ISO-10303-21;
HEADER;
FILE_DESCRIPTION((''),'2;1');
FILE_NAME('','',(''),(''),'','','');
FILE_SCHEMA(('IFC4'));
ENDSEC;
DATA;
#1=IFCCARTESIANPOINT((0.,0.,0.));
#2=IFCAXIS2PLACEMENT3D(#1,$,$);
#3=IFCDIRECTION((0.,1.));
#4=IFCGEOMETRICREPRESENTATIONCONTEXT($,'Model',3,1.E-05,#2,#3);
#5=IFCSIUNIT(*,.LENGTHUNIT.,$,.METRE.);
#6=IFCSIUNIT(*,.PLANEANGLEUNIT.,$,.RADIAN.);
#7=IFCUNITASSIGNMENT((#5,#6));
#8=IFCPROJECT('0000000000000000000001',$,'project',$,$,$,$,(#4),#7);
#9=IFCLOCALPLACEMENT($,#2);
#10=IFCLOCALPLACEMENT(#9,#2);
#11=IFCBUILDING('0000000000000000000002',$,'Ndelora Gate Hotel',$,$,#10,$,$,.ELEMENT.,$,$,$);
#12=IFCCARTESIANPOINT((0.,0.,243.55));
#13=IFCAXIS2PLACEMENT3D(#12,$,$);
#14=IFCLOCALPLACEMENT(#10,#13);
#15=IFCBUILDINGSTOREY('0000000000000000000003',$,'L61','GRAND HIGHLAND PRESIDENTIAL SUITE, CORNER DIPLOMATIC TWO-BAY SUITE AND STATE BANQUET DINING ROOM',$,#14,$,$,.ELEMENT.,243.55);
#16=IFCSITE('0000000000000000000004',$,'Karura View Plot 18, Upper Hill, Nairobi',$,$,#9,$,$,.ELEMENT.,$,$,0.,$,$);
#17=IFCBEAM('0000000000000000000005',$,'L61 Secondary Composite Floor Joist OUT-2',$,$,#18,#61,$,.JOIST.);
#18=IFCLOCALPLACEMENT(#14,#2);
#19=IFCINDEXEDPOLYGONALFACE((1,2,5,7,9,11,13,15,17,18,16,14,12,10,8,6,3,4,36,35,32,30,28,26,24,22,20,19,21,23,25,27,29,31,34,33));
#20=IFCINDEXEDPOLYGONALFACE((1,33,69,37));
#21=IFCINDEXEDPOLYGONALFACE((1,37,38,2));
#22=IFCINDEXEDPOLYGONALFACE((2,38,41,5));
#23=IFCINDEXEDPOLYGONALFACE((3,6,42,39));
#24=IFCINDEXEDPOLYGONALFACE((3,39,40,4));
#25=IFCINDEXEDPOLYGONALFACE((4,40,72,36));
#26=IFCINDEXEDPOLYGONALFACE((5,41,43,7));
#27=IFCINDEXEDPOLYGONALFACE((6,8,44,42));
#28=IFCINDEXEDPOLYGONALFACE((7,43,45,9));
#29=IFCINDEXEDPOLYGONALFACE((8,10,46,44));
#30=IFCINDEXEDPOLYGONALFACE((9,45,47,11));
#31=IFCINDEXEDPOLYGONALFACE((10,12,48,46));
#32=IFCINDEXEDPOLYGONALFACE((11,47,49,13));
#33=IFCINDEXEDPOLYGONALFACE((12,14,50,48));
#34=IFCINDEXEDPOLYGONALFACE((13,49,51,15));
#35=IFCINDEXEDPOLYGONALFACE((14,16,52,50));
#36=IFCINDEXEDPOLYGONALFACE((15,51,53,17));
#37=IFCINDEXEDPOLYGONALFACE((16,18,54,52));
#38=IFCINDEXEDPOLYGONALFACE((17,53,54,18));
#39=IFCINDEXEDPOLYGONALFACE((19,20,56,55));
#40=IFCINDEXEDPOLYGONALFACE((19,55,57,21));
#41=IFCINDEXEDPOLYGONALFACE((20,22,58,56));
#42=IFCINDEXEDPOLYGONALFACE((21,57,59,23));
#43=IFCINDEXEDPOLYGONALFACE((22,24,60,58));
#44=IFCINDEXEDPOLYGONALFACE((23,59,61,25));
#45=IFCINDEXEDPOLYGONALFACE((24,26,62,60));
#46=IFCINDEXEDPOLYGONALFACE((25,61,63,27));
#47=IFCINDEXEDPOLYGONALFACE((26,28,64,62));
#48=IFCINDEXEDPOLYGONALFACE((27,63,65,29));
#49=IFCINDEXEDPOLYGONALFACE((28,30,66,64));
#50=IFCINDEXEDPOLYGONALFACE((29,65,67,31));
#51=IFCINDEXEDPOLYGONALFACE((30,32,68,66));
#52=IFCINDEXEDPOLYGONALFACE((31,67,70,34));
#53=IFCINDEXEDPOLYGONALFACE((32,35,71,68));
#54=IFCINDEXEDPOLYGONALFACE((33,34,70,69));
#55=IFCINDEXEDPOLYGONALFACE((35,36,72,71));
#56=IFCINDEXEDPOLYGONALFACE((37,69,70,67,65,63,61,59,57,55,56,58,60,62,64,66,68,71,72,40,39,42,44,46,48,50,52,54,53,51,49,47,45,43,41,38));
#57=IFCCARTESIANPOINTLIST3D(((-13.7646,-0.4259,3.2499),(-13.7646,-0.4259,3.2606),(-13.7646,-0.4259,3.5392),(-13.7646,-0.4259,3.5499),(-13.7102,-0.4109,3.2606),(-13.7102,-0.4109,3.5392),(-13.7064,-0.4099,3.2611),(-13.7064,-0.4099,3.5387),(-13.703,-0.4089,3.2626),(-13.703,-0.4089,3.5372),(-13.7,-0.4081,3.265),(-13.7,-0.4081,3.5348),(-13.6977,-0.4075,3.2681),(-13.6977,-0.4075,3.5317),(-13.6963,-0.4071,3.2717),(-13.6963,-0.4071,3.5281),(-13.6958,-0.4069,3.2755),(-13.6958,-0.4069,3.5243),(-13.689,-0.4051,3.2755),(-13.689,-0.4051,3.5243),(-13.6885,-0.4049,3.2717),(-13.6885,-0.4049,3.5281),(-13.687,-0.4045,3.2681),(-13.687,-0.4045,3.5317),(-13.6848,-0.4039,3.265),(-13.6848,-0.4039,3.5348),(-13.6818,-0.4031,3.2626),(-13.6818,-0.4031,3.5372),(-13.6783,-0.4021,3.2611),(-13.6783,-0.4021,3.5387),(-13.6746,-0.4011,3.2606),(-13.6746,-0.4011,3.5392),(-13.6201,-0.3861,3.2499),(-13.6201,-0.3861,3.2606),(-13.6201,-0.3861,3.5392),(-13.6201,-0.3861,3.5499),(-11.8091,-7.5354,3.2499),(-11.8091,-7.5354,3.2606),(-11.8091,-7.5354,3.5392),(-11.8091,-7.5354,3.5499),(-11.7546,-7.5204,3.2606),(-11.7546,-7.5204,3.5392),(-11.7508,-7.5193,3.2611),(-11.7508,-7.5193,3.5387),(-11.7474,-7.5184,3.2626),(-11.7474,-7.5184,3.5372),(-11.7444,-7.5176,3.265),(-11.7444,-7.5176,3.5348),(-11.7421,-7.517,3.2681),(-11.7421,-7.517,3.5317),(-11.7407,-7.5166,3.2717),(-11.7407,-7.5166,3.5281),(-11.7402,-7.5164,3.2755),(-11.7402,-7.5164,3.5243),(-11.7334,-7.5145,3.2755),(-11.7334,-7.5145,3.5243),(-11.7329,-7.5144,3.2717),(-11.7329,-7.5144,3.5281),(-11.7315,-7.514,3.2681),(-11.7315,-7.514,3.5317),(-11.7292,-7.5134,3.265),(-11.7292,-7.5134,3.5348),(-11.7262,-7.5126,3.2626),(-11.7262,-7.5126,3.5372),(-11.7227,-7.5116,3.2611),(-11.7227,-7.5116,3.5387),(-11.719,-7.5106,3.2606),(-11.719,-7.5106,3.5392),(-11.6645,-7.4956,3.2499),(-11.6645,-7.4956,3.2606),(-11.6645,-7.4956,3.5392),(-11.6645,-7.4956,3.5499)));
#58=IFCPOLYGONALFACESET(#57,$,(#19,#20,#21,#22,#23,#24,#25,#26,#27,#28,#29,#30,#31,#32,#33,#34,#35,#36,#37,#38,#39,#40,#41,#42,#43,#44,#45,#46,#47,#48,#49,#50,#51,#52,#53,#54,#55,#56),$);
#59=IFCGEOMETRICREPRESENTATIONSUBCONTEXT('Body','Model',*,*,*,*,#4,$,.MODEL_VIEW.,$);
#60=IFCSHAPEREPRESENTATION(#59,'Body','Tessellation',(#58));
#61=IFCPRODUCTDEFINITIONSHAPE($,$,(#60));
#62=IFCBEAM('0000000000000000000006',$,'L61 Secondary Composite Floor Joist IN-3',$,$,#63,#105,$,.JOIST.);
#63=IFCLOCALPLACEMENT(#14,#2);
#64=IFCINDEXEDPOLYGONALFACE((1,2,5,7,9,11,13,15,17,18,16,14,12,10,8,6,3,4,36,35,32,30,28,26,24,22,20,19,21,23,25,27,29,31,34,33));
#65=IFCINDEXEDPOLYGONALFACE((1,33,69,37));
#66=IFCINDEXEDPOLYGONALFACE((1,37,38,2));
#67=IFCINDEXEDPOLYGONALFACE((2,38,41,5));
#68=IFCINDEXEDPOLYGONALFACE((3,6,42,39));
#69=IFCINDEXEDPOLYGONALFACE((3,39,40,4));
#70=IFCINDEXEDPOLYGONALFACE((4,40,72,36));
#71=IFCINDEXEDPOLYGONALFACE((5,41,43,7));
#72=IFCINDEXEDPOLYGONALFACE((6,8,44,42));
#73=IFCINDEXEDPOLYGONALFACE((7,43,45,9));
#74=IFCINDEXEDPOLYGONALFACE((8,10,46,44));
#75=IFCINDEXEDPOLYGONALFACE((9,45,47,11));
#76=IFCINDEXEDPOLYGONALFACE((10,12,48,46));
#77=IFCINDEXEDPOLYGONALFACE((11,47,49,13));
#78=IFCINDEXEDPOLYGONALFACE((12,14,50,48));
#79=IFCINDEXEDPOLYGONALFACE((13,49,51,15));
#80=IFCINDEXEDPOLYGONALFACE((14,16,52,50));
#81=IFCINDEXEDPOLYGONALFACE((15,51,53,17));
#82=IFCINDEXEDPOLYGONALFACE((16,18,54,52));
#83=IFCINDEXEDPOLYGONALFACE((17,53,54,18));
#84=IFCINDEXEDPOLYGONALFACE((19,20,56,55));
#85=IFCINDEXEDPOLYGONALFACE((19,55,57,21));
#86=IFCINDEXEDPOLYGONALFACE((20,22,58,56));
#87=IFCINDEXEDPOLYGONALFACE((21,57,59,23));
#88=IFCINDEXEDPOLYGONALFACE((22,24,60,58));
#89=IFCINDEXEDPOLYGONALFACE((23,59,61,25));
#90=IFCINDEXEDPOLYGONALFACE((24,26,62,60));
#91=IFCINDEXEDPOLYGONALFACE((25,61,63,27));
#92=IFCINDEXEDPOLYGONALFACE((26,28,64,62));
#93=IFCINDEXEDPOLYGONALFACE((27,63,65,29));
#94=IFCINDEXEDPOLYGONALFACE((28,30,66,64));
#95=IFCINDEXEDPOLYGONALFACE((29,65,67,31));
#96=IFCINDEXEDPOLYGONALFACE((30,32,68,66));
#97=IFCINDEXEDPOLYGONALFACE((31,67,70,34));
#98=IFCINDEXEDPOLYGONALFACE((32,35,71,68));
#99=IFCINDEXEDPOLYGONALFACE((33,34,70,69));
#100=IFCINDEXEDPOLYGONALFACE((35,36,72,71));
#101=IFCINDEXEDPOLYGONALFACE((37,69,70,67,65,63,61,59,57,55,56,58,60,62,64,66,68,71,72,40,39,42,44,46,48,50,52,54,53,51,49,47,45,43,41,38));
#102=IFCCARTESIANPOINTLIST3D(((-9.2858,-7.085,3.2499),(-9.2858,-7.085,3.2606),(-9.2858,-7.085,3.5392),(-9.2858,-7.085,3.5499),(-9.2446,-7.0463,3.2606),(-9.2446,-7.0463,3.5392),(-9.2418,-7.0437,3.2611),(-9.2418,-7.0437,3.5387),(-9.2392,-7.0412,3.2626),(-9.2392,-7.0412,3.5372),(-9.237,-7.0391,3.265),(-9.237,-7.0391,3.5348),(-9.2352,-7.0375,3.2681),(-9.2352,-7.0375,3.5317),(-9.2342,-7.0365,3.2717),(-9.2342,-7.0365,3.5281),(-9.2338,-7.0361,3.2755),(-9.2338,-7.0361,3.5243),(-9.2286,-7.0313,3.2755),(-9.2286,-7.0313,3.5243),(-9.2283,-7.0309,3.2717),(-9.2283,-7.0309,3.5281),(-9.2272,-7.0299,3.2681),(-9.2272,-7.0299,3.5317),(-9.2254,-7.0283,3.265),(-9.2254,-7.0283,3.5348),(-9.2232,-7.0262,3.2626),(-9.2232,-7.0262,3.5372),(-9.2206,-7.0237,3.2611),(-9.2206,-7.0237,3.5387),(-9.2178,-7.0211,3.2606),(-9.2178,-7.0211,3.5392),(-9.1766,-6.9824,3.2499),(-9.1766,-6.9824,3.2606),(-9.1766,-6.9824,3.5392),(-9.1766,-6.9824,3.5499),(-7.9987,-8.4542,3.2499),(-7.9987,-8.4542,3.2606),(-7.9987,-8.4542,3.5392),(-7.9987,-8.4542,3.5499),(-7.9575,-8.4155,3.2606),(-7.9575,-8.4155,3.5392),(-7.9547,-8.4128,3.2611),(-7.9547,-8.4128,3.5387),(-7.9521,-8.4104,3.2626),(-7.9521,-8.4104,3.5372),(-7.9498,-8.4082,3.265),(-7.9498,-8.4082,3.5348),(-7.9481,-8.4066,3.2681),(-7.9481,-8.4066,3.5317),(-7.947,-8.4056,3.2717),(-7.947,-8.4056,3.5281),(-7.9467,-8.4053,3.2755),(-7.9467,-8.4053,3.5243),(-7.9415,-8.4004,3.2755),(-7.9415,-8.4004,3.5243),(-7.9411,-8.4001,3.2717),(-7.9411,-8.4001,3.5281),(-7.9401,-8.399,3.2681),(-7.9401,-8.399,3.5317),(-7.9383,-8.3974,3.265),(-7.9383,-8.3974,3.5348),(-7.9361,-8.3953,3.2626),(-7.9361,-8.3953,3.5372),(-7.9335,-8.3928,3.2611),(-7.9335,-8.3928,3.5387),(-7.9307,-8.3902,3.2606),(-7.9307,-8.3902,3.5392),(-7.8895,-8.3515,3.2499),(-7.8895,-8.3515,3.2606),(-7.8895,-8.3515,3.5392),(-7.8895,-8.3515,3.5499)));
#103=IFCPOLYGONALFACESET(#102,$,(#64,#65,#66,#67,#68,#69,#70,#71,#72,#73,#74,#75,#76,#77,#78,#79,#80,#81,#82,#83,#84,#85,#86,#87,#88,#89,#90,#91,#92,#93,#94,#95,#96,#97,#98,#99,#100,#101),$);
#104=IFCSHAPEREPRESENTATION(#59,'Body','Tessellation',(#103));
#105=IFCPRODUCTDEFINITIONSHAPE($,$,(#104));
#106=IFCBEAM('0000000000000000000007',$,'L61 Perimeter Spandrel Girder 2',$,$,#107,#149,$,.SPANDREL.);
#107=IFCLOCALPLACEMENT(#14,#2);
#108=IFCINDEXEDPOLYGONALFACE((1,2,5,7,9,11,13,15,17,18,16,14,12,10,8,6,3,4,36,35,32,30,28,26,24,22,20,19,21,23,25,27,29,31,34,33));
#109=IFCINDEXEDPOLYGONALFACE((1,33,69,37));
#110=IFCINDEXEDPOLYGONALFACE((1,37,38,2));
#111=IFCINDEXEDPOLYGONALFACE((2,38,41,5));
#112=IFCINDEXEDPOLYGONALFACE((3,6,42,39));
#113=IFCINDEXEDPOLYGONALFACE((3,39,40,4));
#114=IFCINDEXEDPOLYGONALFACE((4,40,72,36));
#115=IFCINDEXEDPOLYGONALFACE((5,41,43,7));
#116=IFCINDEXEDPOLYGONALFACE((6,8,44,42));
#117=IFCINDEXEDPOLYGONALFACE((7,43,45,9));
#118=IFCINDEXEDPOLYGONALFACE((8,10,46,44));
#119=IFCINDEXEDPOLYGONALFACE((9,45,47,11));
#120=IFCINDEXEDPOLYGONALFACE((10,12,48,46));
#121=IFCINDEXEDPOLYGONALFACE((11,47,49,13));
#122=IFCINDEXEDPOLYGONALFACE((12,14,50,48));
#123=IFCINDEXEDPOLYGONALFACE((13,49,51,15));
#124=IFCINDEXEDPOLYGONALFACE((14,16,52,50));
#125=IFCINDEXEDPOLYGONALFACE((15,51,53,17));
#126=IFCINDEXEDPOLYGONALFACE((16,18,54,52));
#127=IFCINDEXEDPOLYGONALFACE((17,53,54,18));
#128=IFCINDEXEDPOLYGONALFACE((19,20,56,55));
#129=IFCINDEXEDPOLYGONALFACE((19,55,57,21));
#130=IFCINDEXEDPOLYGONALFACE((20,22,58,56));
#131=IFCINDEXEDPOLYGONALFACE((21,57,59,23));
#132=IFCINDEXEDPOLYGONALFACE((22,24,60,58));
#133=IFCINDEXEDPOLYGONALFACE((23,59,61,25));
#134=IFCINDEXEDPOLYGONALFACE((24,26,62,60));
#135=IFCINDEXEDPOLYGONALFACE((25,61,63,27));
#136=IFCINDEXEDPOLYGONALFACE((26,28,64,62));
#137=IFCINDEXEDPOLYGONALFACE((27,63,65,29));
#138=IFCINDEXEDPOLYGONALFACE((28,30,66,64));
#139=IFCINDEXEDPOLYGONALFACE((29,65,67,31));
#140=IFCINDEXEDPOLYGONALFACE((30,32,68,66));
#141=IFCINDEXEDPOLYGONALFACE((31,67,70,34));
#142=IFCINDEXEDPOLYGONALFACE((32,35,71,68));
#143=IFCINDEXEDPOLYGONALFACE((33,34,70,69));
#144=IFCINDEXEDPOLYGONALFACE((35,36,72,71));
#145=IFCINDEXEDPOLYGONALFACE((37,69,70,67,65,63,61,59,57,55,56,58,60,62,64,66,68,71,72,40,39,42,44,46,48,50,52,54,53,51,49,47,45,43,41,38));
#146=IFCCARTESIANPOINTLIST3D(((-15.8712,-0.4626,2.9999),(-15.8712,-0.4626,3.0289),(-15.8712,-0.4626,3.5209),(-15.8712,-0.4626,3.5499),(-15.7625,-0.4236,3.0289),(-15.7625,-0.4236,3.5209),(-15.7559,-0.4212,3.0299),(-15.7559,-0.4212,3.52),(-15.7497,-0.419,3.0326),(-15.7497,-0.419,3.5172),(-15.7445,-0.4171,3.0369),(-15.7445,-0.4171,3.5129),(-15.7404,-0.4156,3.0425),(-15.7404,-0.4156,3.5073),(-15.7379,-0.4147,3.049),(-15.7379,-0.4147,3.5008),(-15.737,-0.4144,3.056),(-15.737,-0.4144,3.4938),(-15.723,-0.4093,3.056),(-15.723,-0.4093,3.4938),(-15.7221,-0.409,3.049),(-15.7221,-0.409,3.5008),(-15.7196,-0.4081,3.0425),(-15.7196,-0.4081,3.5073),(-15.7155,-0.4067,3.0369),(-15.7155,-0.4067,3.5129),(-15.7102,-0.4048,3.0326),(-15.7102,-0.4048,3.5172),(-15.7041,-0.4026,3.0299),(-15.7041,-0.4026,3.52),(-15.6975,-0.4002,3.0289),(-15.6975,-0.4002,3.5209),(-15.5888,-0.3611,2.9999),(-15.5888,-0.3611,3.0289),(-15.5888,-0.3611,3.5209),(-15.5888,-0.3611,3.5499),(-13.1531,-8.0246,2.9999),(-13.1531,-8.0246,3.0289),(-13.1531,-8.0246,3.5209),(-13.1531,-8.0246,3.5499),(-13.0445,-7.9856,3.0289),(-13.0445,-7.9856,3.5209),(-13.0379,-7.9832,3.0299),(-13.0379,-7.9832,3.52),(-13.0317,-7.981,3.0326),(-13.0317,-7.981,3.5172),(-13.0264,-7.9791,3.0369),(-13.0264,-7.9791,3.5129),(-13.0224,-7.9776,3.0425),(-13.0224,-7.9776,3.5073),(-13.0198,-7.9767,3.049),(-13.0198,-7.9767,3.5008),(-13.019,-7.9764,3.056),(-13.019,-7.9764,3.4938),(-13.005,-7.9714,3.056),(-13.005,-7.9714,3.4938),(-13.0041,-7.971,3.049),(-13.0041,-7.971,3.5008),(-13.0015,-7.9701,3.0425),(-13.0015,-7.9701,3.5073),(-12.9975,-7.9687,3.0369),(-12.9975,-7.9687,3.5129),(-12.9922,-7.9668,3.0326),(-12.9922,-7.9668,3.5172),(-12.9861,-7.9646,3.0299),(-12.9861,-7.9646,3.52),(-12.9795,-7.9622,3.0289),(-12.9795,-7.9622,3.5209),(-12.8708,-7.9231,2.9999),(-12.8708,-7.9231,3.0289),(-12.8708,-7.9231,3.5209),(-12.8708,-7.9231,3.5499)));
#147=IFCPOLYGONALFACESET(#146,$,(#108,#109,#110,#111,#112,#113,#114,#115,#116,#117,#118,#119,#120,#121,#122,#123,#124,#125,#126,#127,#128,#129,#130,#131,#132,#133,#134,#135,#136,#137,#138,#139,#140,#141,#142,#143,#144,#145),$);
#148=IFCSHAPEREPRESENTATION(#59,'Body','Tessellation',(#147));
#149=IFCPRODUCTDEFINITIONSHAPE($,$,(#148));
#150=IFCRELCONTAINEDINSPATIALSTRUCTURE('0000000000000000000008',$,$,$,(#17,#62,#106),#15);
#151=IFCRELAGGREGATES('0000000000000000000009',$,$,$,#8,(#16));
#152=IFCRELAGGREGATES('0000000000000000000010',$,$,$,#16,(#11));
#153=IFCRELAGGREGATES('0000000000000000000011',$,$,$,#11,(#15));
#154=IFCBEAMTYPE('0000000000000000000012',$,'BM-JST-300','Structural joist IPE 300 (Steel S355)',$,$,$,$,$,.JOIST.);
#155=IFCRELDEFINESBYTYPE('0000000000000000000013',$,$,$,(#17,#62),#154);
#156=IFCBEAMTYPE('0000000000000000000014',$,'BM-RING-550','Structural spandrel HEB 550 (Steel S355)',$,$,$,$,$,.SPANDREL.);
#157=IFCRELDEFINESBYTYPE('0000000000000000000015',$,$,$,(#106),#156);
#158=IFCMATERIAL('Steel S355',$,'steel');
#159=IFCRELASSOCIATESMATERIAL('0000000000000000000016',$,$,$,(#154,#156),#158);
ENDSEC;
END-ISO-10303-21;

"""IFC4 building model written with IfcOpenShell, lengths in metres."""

from ifc_helpers import new_model, si_unit, direction, frame, origin, origin_2d, place, context, subcontext, project, spatial, i_section, extrude, material, material_profile, profile_set, type_object, element, save


model = new_model("IFC4")

# Units and contexts
model_context = context("Model", 3, precision=1e-05, world=origin(), true_north=direction((0.0, 1.0)))
body_context = subcontext(model_context, "Body", "Model", "MODEL_VIEW")
ifc_project = project(units=[si_unit("LENGTHUNIT", "METRE"), si_unit("PLANEANGLEUNIT", "RADIAN")], contexts=[model_context])

# Site, building, storey
site_placement = place(None, origin())
site = spatial("IfcSite", under=ifc_project, at=site_placement, Name="Karura View Plot 18, Upper Hill, Nairobi", CompositionType="ELEMENT", RefElevation=0.0)
building_placement = place(site_placement, origin())
building = spatial("IfcBuilding", under=site, at=building_placement, Name="Ndelora Gate Hotel", CompositionType="ELEMENT")
storey_placement = place(building_placement, frame((0.0, 0.0, 243.55)))
storey = spatial("IfcBuildingStorey", under=building, at=storey_placement, Name="L61", Description="GRAND HIGHLAND PRESIDENTIAL SUITE, CORNER DIPLOMATIC TWO-BAY SUITE AND STATE BANQUET DINING ROOM", CompositionType="ELEMENT", Elevation=243.55)

# Beams
ifc_material_1 = material(Name="Steel S355", Category="steel")
ifc_material_profile_1 = material_profile(ifc_material_1, i_section(OverallWidth=0.1499, OverallDepth=0.3, WebThickness=0.0071, FlangeThickness=0.0107, FilletRadius=0.0149, at=origin_2d()), Name="IPE 300")
ifc_profile_set_1 = profile_set([ifc_material_profile_1], Name="Steel S355")
beam_type_1 = type_object("IfcBeamType", Name="BM-JST-300", Description="Structural joist IPE 300 (Steel S355)", PredefinedType="JOIST", material=ifc_profile_set_1)
beam_1_placement = place(storey_placement, frame((-13.6924, -0.406, 3.3999), z_axis=(0.265218, -0.964188, 0.0), x_axis=(0.964188, 0.265218, 0.0)))
element("IfcBeam", 1, at=beam_1_placement, inside=storey, type_object=beam_type_1, Name="L61 Secondary Composite Floor Joist OUT-2", PredefinedType="JOIST", context=body_context, shape_type="SweptSolid", body=[
    extrude(i_section(OverallWidth=0.1499, OverallDepth=0.3, WebThickness=0.0071, FlangeThickness=0.0107, FilletRadius=0.0149, at=origin_2d()), origin(), (0.0, 0.0, 1.0), 7.3735),
])
beam_2_placement = place(storey_placement, frame((-9.2312, -7.0337, 3.3999), z_axis=(0.684943, -0.728597, 0.0), x_axis=(0.728597, 0.684943, 0.0)))
element("IfcBeam", 2, at=beam_2_placement, inside=storey, type_object=beam_type_1, Name="L61 Secondary Composite Floor Joist IN-3", PredefinedType="JOIST", context=body_context, shape_type="SweptSolid", body=[
    extrude(i_section(OverallWidth=0.1499, OverallDepth=0.3, WebThickness=0.0071, FlangeThickness=0.0107, FilletRadius=0.0149, at=origin_2d()), origin(), (0.0, 0.0, 1.0), 1.8792),
])
ifc_material_profile_2 = material_profile(ifc_material_1, i_section(OverallWidth=0.3, OverallDepth=0.55, WebThickness=0.0149, FlangeThickness=0.0291, FilletRadius=0.0271, at=origin_2d()), Name="HEB 550")
ifc_profile_set_2 = profile_set([ifc_material_profile_2], Name="Steel S355")
beam_type_2 = type_object("IfcBeamType", Name="BM-RING-550", Description="Structural spandrel HEB 550 (Steel S355)", PredefinedType="SPANDREL", material=ifc_profile_set_2)
beam_3_placement = place(storey_placement, frame((-15.73, -0.4119, 3.2749), z_axis=(0.338245, -0.941058, 0.0), x_axis=(0.941058, 0.338245, 0.0)))
element("IfcBeam", 3, at=beam_3_placement, inside=storey, type_object=beam_type_2, Name="L61 Perimeter Spandrel Girder 2", PredefinedType="SPANDREL", context=body_context, shape_type="SweptSolid", body=[
    extrude(i_section(OverallWidth=0.3, OverallDepth=0.55, WebThickness=0.0149, FlangeThickness=0.0291, FilletRadius=0.0271, at=origin_2d()), origin(), (0.0, 0.0, 1.0), 8.0356),
])

save(model, "model.ifc")
